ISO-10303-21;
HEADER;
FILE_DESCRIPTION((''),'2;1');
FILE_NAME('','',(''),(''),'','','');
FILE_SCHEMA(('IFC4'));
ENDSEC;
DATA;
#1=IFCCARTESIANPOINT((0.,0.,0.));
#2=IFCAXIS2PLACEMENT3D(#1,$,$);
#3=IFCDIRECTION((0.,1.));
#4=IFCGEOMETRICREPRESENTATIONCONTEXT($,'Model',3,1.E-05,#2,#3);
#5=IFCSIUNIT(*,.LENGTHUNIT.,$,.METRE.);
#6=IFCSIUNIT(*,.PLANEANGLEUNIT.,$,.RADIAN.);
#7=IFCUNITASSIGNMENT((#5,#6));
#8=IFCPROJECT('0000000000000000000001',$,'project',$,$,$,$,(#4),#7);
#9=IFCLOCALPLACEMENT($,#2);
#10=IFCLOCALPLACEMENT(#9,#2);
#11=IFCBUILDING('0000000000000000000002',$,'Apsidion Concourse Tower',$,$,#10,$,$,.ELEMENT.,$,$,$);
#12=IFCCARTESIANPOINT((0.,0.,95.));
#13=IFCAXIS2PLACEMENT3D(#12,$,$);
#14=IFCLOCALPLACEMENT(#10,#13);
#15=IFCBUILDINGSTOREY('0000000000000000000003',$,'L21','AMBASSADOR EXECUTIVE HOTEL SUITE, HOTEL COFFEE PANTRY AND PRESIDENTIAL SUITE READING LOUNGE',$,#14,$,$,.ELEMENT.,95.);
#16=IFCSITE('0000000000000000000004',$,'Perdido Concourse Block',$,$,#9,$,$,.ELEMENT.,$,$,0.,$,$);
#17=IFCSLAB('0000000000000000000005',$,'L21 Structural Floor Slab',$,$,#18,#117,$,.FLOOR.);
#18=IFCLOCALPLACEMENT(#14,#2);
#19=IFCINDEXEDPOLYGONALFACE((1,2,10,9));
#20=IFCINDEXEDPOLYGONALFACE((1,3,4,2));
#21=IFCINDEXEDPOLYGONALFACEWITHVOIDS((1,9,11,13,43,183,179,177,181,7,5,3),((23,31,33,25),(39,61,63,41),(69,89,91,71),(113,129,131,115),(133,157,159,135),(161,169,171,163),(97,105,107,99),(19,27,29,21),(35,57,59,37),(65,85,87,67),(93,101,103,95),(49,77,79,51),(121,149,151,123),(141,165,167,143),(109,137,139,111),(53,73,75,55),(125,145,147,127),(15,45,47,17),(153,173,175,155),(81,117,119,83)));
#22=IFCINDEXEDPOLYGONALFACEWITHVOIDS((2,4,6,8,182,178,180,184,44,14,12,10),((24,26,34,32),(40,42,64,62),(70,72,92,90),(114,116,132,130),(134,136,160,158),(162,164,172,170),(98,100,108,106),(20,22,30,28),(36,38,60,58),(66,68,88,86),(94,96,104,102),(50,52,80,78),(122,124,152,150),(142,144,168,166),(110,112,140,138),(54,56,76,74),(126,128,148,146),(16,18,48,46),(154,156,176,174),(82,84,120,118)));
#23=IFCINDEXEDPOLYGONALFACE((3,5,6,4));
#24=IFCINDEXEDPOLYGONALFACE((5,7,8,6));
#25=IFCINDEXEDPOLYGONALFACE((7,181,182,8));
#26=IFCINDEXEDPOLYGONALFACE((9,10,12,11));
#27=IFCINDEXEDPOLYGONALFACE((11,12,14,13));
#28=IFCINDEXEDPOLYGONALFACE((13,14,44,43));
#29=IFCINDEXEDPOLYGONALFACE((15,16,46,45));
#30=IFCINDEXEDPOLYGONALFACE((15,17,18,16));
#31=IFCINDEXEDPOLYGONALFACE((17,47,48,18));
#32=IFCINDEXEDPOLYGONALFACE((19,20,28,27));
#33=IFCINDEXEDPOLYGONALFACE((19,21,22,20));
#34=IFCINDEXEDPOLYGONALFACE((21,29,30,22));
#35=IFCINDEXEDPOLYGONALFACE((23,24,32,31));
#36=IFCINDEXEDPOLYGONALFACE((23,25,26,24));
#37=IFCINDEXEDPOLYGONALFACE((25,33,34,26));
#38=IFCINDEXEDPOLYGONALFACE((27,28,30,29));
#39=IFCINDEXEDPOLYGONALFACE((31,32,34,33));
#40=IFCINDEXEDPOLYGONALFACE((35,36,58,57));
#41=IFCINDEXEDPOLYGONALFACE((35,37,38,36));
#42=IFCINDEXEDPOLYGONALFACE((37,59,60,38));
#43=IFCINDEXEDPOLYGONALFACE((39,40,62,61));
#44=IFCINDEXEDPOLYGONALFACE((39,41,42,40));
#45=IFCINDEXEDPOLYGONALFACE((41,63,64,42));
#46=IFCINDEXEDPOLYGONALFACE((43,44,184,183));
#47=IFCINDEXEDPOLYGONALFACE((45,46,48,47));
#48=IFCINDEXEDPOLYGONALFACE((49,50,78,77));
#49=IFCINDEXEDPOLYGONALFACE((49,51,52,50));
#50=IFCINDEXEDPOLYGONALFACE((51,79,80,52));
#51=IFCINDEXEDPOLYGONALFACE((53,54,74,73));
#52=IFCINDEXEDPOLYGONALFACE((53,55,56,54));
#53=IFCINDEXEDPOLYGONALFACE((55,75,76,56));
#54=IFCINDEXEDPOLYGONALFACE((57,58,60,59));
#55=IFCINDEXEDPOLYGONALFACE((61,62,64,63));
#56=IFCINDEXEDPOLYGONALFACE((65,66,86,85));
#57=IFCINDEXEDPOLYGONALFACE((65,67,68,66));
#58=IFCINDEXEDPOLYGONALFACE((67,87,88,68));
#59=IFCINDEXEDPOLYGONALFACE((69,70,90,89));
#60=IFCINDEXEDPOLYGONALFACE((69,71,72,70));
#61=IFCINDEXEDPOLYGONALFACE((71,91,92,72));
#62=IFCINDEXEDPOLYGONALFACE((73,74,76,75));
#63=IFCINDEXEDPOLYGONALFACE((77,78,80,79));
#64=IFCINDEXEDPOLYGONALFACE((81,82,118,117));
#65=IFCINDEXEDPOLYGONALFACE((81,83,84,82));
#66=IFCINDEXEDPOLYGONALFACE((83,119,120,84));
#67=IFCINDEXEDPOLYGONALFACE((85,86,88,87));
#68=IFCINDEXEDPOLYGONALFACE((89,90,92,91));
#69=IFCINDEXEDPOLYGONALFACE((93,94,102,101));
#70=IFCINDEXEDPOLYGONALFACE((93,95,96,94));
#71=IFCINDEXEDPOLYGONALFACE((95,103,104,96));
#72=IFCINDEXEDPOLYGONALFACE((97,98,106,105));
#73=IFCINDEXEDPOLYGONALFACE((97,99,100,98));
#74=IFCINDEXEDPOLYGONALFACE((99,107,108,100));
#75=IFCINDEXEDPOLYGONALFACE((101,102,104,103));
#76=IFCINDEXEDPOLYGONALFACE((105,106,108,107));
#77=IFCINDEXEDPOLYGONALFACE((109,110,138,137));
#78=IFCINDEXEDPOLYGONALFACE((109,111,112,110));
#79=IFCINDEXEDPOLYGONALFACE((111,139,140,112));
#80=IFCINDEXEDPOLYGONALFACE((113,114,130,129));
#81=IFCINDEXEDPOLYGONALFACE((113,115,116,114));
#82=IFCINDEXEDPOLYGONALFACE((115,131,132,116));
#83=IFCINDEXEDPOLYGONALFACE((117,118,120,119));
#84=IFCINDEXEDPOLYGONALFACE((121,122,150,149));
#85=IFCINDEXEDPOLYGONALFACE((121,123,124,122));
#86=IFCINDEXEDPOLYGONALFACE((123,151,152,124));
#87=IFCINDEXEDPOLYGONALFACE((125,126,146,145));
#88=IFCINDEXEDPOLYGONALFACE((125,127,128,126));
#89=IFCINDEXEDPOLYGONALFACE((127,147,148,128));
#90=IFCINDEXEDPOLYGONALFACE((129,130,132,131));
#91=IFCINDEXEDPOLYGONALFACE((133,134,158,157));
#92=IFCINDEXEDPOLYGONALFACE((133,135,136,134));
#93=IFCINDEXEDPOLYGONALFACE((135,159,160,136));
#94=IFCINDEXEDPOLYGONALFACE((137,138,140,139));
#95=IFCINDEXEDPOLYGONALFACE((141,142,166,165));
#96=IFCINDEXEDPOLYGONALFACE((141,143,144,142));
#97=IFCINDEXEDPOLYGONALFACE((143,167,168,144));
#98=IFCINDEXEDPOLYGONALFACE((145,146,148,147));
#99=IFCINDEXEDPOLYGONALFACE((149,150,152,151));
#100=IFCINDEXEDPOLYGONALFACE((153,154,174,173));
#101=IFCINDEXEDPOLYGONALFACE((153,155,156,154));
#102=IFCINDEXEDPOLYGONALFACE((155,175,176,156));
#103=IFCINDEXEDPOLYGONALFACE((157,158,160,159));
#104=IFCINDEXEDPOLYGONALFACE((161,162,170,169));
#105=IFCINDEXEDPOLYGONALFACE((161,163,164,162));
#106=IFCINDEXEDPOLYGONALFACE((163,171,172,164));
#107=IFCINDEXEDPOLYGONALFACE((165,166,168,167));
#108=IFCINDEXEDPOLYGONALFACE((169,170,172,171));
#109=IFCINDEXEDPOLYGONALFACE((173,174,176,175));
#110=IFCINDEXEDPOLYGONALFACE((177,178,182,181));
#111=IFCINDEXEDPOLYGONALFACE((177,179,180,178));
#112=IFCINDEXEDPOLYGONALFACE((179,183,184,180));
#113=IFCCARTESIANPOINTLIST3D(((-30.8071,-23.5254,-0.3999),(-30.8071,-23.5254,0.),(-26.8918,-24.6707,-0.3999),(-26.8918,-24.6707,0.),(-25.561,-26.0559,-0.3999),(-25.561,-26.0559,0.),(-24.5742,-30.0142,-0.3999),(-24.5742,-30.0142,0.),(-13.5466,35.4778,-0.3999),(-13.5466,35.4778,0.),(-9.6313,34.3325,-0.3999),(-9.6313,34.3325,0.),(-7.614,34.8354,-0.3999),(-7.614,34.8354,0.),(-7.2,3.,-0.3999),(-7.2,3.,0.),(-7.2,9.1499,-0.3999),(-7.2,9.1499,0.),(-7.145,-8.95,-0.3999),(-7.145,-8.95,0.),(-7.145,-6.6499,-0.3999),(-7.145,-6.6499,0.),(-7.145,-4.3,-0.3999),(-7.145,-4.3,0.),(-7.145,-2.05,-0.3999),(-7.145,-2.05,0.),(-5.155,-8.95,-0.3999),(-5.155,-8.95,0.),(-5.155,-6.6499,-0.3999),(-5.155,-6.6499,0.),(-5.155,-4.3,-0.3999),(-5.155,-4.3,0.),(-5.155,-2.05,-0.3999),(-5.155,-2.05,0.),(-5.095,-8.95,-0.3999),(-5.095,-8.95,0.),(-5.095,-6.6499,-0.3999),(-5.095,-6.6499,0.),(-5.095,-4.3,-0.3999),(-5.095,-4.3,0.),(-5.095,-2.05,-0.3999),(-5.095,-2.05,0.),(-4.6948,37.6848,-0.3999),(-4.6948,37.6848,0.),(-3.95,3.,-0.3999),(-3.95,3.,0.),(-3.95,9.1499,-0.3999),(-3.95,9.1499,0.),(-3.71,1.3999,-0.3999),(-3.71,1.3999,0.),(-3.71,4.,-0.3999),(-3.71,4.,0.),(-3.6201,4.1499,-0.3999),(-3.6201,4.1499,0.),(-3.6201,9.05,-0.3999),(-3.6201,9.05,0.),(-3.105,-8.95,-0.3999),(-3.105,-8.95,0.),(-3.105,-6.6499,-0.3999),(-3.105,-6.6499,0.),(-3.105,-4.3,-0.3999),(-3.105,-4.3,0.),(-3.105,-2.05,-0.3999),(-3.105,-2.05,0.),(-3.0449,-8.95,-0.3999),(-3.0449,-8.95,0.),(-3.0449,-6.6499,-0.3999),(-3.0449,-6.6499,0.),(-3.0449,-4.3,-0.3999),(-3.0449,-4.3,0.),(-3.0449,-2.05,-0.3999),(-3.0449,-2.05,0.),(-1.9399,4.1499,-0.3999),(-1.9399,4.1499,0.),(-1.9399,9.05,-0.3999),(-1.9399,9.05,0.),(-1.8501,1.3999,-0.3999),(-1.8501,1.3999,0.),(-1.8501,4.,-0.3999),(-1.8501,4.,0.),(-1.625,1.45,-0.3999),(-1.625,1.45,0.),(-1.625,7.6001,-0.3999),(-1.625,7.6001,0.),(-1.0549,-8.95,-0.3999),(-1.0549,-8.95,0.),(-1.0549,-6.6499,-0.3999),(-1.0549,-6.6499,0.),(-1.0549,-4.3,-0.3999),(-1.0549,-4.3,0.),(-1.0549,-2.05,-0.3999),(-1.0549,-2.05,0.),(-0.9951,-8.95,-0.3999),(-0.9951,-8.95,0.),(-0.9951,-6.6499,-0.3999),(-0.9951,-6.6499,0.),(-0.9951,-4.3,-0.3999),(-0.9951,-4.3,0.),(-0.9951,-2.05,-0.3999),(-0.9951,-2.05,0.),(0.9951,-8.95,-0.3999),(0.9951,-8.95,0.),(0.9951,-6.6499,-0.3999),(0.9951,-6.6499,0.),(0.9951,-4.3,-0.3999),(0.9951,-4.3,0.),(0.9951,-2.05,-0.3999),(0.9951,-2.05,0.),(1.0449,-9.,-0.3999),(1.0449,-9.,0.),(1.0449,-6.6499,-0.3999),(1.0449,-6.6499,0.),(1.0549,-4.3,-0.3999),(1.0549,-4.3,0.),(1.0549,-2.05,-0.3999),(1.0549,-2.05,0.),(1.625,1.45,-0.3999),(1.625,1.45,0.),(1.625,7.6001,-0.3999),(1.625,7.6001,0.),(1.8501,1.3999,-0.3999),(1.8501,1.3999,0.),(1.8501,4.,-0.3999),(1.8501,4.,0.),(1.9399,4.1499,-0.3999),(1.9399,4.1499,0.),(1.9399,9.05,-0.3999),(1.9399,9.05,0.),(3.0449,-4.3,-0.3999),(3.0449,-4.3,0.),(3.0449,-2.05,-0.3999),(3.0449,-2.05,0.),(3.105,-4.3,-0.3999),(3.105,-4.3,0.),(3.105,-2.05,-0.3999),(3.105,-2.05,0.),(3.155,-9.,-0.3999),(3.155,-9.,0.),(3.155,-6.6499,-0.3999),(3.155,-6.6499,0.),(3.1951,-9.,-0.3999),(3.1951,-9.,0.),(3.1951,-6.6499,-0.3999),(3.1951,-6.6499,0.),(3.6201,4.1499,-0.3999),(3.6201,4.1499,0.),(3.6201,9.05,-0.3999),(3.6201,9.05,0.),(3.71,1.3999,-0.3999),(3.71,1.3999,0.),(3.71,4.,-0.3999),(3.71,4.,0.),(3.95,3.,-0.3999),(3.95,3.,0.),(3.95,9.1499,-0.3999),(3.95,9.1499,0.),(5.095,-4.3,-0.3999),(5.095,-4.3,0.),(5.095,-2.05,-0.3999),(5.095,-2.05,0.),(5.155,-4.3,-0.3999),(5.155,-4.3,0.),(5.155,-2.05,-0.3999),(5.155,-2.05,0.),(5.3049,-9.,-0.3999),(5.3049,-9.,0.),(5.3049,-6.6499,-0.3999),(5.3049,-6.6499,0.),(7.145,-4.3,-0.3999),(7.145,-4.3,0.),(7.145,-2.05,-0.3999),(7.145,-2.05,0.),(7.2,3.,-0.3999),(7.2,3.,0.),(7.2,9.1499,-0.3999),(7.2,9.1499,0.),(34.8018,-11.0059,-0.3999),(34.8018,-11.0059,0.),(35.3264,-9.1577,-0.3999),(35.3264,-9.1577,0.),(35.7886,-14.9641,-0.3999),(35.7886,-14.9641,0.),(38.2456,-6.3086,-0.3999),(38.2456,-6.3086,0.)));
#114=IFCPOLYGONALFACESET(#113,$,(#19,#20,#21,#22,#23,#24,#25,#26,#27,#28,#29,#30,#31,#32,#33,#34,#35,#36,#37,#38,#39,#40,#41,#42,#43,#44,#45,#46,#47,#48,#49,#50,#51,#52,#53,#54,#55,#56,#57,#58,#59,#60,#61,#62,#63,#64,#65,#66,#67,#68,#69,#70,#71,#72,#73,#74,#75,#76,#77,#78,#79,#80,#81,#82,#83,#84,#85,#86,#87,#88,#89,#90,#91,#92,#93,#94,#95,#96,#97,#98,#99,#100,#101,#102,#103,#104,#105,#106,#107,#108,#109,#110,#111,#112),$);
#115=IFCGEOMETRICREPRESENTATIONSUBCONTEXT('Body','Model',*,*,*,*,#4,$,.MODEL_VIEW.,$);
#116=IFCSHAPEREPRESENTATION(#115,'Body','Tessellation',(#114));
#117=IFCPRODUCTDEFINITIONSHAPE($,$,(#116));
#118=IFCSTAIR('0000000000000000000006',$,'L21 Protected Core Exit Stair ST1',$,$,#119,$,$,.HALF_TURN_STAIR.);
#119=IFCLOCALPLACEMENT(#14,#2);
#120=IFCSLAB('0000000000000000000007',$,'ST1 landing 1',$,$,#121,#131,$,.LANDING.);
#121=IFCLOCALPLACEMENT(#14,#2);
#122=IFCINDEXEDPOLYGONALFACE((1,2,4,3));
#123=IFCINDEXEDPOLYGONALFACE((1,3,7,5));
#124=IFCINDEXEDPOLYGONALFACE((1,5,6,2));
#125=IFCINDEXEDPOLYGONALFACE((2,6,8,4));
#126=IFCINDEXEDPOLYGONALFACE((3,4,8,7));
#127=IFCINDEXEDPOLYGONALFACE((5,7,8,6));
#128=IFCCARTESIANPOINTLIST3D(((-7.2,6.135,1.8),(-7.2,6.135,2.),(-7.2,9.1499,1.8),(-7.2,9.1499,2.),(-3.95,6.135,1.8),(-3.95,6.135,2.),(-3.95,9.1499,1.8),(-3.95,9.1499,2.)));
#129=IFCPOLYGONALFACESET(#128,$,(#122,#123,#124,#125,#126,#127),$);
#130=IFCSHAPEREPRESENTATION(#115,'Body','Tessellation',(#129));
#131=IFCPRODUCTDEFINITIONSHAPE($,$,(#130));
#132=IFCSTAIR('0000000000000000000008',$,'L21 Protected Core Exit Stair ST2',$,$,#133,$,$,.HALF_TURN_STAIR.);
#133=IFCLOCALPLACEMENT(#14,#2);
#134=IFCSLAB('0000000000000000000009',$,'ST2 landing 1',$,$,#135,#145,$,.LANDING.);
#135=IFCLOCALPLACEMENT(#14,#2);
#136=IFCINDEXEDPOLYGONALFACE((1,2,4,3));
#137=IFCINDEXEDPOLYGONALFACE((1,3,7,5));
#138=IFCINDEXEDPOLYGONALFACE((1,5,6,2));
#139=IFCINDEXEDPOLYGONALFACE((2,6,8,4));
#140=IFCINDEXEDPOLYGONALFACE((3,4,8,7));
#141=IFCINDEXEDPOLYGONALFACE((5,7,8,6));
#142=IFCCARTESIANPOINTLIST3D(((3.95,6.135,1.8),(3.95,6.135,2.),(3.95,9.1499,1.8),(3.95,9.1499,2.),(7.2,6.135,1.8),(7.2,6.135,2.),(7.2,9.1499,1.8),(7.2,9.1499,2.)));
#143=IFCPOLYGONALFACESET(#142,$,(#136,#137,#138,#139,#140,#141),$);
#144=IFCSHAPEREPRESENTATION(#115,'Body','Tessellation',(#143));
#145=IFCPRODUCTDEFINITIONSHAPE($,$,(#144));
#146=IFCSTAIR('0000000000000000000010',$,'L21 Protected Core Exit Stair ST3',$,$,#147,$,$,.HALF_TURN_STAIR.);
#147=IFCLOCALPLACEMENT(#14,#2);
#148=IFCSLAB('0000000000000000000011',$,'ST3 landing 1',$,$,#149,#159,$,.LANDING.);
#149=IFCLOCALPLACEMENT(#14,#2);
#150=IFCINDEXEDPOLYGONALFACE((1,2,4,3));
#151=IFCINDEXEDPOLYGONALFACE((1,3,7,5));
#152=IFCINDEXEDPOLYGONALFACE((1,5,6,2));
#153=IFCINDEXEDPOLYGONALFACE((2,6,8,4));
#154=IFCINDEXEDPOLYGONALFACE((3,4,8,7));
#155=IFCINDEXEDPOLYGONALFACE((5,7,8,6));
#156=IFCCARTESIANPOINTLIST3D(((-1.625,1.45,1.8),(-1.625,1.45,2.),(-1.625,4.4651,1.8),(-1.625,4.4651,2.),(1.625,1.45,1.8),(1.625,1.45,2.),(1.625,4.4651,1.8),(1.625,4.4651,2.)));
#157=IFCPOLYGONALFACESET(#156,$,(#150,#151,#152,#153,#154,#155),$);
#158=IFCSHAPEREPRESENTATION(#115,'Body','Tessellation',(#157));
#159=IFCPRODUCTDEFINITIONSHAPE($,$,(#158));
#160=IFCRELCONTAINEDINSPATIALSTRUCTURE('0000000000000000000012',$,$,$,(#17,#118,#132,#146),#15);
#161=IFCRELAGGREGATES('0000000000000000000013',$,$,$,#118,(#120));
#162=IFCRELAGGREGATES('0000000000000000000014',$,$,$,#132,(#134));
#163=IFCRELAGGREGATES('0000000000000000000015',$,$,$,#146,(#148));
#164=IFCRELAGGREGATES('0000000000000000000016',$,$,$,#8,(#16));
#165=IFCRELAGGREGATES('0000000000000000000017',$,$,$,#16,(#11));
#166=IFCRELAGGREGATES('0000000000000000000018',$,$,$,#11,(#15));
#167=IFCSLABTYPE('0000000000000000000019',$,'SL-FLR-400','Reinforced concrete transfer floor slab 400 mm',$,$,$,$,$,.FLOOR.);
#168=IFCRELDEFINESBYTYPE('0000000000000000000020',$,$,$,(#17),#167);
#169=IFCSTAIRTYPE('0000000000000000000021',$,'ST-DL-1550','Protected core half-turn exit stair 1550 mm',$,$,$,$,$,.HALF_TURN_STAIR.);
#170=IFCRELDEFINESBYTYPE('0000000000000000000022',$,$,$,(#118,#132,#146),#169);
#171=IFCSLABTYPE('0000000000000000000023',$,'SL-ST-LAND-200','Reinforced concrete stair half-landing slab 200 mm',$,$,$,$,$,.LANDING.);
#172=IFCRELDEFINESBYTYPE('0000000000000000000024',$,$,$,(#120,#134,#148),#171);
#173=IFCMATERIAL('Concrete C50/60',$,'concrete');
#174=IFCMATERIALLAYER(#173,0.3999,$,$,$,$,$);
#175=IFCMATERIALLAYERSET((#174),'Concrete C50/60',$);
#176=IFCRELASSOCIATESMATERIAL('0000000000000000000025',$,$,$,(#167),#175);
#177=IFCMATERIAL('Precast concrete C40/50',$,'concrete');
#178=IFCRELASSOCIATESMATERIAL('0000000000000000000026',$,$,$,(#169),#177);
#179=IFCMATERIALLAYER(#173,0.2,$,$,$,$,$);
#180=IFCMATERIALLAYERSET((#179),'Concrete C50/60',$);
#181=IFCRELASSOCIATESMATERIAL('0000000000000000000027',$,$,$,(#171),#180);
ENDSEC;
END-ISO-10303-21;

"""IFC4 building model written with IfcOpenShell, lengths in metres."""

from ifc_helpers import new_model, si_unit, direction, frame, origin, place, context, subcontext, project, spatial, polyline, outline, extrude, material, layer, layer_set, type_object, element, aggregate, save


model = new_model("IFC4")

# Units and contexts
model_context = context("Model", 3, precision=1e-05, world=origin(), true_north=direction((0.0, 1.0)))
body_context = subcontext(model_context, "Body", "Model", "MODEL_VIEW")
ifc_project = project(units=[si_unit("LENGTHUNIT", "METRE"), si_unit("PLANEANGLEUNIT", "RADIAN")], contexts=[model_context])

# Site, building, storey
site_placement = place(None, origin())
site = spatial("IfcSite", under=ifc_project, at=site_placement, Name="Perdido Concourse Block", CompositionType="ELEMENT", RefElevation=0.0)
building_placement = place(site_placement, origin())
building = spatial("IfcBuilding", under=site, at=building_placement, Name="Apsidion Concourse Tower", CompositionType="ELEMENT")
storey_placement = place(building_placement, frame((0.0, 0.0, 95.0)))
storey = spatial("IfcBuildingStorey", under=building, at=storey_placement, Name="L21", Description="AMBASSADOR EXECUTIVE HOTEL SUITE, HOTEL COFFEE PANTRY AND PRESIDENTIAL SUITE READING LOUNGE", CompositionType="ELEMENT", Elevation=95.0)

# Shared definitions
ifc_material_1 = material(Name="Concrete C50/60", Category="concrete")

# Slab
ifc_layer_1 = layer(ifc_material_1, 0.3999)
ifc_layer_set_1 = layer_set([ifc_layer_1], Name="Concrete C50/60")
slab_type_1 = type_object("IfcSlabType", Name="SL-FLR-400", Description="Reinforced concrete transfer floor slab 400 mm", PredefinedType="FLOOR", material=ifc_layer_set_1)
slab_1_placement = place(storey_placement, frame((0.0, 0.0, -0.3999)))
element("IfcSlab", 1, at=slab_1_placement, inside=storey, type_object=slab_type_1, Name="L21 Structural Floor Slab", PredefinedType="FLOOR", context=body_context, shape_type="SweptSolid", body=[
    extrude(outline(polyline([(-4.6948, 37.6848), (-7.614, 34.8354), (-9.6313, 34.3325), (-13.5466, 35.4778), (-30.8071, -23.5254), (-26.8918, -24.6707), (-25.561, -26.0559), (-24.5742, -30.0142), (35.7886, -14.9641), (34.8018, -11.0059), (35.3264, -9.1577), (38.2456, -6.3086), (-4.6948, 37.6848)]), holes=[polyline([(-3.95, 3.0), (-3.95, 9.1499), (-7.2, 9.1499), (-7.2, 3.0), (-3.95, 3.0)]), polyline([(7.2, 3.0), (7.2, 9.1499), (3.95, 9.1499), (3.95, 3.0), (7.2, 3.0)]), polyline([(-1.625, 7.6001), (-1.625, 1.45), (1.625, 1.45), (1.625, 7.6001), (-1.625, 7.6001)]), polyline([(-7.145, -4.3), (-5.155, -4.3), (-5.155, -2.05), (-7.145, -2.05), (-7.145, -4.3)]), polyline([(-5.095, -4.3), (-3.105, -4.3), (-3.105, -2.05), (-5.095, -2.05), (-5.095, -4.3)]), polyline([(-3.0449, -4.3), (-1.0549, -4.3), (-1.0549, -2.05), (-3.0449, -2.05), (-3.0449, -4.3)]), polyline([(-0.9951, -4.3), (0.9951, -4.3), (0.9951, -2.05), (-0.9951, -2.05), (-0.9951, -4.3)]), polyline([(1.0549, -4.3), (3.0449, -4.3), (3.0449, -2.05), (1.0549, -2.05), (1.0549, -4.3)]), polyline([(3.105, -4.3), (5.095, -4.3), (5.095, -2.05), (3.105, -2.05), (3.105, -4.3)]), polyline([(5.155, -4.3), (7.145, -4.3), (7.145, -2.05), (5.155, -2.05), (5.155, -4.3)]), polyline([(-7.145, -8.95), (-5.155, -8.95), (-5.155, -6.6499), (-7.145, -6.6499), (-7.145, -8.95)]), polyline([(-5.095, -8.95), (-3.105, -8.95), (-3.105, -6.6499), (-5.095, -6.6499), (-5.095, -8.95)]), polyline([(-3.0449, -8.95), (-1.0549, -8.95), (-1.0549, -6.6499), (-3.0449, -6.6499), (-3.0449, -8.95)]), polyline([(-0.9951, -8.95), (0.9951, -8.95), (0.9951, -6.6499), (-0.9951, -6.6499), (-0.9951, -8.95)]), polyline([(1.0449, -9.0), (3.155, -9.0), (3.155, -6.6499), (1.0449, -6.6499), (1.0449, -9.0)]), polyline([(3.1951, -9.0), (5.3049, -9.0), (5.3049, -6.6499), (3.1951, -6.6499), (3.1951, -9.0)]), polyline([(-3.71, 1.3999), (-1.8501, 1.3999), (-1.8501, 4.0), (-3.71, 4.0), (-3.71, 1.3999)]), polyline([(1.8501, 1.3999), (3.71, 1.3999), (3.71, 4.0), (1.8501, 4.0), (1.8501, 1.3999)]), polyline([(-3.6201, 4.1499), (-1.9399, 4.1499), (-1.9399, 9.05), (-3.6201, 9.05), (-3.6201, 4.1499)]), polyline([(1.9399, 4.1499), (3.6201, 4.1499), (3.6201, 9.05), (1.9399, 9.05), (1.9399, 4.1499)])]), origin(), (0.0, 0.0, 1.0), 0.3999),
])

# Stairs, slabs
ifc_material_2 = material(Name="Precast concrete C40/50", Category="concrete")
stair_type = type_object("IfcStairType", Name="ST-DL-1550", Description="Protected core half-turn exit stair 1550 mm", PredefinedType="HALF_TURN_STAIR", material=ifc_material_2)
stair_1_placement = place(storey_placement, origin())
stair_1 = element("IfcStair", 2, at=stair_1_placement, inside=storey, type_object=stair_type, Name="L21 Protected Core Exit Stair ST1", PredefinedType="HALF_TURN_STAIR")
ifc_layer_2 = layer(ifc_material_1, 0.2)
ifc_layer_set_2 = layer_set([ifc_layer_2], Name="Concrete C50/60")
slab_type_2 = type_object("IfcSlabType", Name="SL-ST-LAND-200", Description="Reinforced concrete stair half-landing slab 200 mm", PredefinedType="LANDING", material=ifc_layer_set_2)
slab_2_placement = place(storey_placement, frame((0.0, 0.0, 1.8)))
slab_2 = element("IfcSlab", 3, at=slab_2_placement, type_object=slab_type_2, Name="ST1 landing 1", PredefinedType="LANDING", context=body_context, shape_type="SweptSolid", body=[
    extrude(outline(polyline([(-3.95, 6.135), (-3.95, 9.1499), (-7.2, 9.1499), (-7.2, 6.135), (-3.95, 6.135)])), origin(), (0.0, 0.0, 1.0), 0.2),
])
aggregate(stair_1, [slab_2])
stair_2_placement = place(storey_placement, origin())
stair_2 = element("IfcStair", 4, at=stair_2_placement, inside=storey, type_object=stair_type, Name="L21 Protected Core Exit Stair ST2", PredefinedType="HALF_TURN_STAIR")
slab_3_placement = place(storey_placement, frame((0.0, 0.0, 1.8)))
slab_3 = element("IfcSlab", 5, at=slab_3_placement, type_object=slab_type_2, Name="ST2 landing 1", PredefinedType="LANDING", context=body_context, shape_type="SweptSolid", body=[
    extrude(outline(polyline([(7.2, 6.135), (7.2, 9.1499), (3.95, 9.1499), (3.95, 6.135), (7.2, 6.135)])), origin(), (0.0, 0.0, 1.0), 0.2),
])
aggregate(stair_2, [slab_3])
stair_3_placement = place(storey_placement, origin())
stair_3 = element("IfcStair", 6, at=stair_3_placement, inside=storey, type_object=stair_type, Name="L21 Protected Core Exit Stair ST3", PredefinedType="HALF_TURN_STAIR")
slab_4_placement = place(storey_placement, frame((0.0, 0.0, 1.8)))
slab_4 = element("IfcSlab", 7, at=slab_4_placement, type_object=slab_type_2, Name="ST3 landing 1", PredefinedType="LANDING", context=body_context, shape_type="SweptSolid", body=[
    extrude(outline(polyline([(-1.625, 4.4651), (-1.625, 1.45), (1.625, 1.45), (1.625, 4.4651), (-1.625, 4.4651)])), origin(), (0.0, 0.0, 1.0), 0.2),
])
aggregate(stair_3, [slab_4])

save(model, "model.ifc")
